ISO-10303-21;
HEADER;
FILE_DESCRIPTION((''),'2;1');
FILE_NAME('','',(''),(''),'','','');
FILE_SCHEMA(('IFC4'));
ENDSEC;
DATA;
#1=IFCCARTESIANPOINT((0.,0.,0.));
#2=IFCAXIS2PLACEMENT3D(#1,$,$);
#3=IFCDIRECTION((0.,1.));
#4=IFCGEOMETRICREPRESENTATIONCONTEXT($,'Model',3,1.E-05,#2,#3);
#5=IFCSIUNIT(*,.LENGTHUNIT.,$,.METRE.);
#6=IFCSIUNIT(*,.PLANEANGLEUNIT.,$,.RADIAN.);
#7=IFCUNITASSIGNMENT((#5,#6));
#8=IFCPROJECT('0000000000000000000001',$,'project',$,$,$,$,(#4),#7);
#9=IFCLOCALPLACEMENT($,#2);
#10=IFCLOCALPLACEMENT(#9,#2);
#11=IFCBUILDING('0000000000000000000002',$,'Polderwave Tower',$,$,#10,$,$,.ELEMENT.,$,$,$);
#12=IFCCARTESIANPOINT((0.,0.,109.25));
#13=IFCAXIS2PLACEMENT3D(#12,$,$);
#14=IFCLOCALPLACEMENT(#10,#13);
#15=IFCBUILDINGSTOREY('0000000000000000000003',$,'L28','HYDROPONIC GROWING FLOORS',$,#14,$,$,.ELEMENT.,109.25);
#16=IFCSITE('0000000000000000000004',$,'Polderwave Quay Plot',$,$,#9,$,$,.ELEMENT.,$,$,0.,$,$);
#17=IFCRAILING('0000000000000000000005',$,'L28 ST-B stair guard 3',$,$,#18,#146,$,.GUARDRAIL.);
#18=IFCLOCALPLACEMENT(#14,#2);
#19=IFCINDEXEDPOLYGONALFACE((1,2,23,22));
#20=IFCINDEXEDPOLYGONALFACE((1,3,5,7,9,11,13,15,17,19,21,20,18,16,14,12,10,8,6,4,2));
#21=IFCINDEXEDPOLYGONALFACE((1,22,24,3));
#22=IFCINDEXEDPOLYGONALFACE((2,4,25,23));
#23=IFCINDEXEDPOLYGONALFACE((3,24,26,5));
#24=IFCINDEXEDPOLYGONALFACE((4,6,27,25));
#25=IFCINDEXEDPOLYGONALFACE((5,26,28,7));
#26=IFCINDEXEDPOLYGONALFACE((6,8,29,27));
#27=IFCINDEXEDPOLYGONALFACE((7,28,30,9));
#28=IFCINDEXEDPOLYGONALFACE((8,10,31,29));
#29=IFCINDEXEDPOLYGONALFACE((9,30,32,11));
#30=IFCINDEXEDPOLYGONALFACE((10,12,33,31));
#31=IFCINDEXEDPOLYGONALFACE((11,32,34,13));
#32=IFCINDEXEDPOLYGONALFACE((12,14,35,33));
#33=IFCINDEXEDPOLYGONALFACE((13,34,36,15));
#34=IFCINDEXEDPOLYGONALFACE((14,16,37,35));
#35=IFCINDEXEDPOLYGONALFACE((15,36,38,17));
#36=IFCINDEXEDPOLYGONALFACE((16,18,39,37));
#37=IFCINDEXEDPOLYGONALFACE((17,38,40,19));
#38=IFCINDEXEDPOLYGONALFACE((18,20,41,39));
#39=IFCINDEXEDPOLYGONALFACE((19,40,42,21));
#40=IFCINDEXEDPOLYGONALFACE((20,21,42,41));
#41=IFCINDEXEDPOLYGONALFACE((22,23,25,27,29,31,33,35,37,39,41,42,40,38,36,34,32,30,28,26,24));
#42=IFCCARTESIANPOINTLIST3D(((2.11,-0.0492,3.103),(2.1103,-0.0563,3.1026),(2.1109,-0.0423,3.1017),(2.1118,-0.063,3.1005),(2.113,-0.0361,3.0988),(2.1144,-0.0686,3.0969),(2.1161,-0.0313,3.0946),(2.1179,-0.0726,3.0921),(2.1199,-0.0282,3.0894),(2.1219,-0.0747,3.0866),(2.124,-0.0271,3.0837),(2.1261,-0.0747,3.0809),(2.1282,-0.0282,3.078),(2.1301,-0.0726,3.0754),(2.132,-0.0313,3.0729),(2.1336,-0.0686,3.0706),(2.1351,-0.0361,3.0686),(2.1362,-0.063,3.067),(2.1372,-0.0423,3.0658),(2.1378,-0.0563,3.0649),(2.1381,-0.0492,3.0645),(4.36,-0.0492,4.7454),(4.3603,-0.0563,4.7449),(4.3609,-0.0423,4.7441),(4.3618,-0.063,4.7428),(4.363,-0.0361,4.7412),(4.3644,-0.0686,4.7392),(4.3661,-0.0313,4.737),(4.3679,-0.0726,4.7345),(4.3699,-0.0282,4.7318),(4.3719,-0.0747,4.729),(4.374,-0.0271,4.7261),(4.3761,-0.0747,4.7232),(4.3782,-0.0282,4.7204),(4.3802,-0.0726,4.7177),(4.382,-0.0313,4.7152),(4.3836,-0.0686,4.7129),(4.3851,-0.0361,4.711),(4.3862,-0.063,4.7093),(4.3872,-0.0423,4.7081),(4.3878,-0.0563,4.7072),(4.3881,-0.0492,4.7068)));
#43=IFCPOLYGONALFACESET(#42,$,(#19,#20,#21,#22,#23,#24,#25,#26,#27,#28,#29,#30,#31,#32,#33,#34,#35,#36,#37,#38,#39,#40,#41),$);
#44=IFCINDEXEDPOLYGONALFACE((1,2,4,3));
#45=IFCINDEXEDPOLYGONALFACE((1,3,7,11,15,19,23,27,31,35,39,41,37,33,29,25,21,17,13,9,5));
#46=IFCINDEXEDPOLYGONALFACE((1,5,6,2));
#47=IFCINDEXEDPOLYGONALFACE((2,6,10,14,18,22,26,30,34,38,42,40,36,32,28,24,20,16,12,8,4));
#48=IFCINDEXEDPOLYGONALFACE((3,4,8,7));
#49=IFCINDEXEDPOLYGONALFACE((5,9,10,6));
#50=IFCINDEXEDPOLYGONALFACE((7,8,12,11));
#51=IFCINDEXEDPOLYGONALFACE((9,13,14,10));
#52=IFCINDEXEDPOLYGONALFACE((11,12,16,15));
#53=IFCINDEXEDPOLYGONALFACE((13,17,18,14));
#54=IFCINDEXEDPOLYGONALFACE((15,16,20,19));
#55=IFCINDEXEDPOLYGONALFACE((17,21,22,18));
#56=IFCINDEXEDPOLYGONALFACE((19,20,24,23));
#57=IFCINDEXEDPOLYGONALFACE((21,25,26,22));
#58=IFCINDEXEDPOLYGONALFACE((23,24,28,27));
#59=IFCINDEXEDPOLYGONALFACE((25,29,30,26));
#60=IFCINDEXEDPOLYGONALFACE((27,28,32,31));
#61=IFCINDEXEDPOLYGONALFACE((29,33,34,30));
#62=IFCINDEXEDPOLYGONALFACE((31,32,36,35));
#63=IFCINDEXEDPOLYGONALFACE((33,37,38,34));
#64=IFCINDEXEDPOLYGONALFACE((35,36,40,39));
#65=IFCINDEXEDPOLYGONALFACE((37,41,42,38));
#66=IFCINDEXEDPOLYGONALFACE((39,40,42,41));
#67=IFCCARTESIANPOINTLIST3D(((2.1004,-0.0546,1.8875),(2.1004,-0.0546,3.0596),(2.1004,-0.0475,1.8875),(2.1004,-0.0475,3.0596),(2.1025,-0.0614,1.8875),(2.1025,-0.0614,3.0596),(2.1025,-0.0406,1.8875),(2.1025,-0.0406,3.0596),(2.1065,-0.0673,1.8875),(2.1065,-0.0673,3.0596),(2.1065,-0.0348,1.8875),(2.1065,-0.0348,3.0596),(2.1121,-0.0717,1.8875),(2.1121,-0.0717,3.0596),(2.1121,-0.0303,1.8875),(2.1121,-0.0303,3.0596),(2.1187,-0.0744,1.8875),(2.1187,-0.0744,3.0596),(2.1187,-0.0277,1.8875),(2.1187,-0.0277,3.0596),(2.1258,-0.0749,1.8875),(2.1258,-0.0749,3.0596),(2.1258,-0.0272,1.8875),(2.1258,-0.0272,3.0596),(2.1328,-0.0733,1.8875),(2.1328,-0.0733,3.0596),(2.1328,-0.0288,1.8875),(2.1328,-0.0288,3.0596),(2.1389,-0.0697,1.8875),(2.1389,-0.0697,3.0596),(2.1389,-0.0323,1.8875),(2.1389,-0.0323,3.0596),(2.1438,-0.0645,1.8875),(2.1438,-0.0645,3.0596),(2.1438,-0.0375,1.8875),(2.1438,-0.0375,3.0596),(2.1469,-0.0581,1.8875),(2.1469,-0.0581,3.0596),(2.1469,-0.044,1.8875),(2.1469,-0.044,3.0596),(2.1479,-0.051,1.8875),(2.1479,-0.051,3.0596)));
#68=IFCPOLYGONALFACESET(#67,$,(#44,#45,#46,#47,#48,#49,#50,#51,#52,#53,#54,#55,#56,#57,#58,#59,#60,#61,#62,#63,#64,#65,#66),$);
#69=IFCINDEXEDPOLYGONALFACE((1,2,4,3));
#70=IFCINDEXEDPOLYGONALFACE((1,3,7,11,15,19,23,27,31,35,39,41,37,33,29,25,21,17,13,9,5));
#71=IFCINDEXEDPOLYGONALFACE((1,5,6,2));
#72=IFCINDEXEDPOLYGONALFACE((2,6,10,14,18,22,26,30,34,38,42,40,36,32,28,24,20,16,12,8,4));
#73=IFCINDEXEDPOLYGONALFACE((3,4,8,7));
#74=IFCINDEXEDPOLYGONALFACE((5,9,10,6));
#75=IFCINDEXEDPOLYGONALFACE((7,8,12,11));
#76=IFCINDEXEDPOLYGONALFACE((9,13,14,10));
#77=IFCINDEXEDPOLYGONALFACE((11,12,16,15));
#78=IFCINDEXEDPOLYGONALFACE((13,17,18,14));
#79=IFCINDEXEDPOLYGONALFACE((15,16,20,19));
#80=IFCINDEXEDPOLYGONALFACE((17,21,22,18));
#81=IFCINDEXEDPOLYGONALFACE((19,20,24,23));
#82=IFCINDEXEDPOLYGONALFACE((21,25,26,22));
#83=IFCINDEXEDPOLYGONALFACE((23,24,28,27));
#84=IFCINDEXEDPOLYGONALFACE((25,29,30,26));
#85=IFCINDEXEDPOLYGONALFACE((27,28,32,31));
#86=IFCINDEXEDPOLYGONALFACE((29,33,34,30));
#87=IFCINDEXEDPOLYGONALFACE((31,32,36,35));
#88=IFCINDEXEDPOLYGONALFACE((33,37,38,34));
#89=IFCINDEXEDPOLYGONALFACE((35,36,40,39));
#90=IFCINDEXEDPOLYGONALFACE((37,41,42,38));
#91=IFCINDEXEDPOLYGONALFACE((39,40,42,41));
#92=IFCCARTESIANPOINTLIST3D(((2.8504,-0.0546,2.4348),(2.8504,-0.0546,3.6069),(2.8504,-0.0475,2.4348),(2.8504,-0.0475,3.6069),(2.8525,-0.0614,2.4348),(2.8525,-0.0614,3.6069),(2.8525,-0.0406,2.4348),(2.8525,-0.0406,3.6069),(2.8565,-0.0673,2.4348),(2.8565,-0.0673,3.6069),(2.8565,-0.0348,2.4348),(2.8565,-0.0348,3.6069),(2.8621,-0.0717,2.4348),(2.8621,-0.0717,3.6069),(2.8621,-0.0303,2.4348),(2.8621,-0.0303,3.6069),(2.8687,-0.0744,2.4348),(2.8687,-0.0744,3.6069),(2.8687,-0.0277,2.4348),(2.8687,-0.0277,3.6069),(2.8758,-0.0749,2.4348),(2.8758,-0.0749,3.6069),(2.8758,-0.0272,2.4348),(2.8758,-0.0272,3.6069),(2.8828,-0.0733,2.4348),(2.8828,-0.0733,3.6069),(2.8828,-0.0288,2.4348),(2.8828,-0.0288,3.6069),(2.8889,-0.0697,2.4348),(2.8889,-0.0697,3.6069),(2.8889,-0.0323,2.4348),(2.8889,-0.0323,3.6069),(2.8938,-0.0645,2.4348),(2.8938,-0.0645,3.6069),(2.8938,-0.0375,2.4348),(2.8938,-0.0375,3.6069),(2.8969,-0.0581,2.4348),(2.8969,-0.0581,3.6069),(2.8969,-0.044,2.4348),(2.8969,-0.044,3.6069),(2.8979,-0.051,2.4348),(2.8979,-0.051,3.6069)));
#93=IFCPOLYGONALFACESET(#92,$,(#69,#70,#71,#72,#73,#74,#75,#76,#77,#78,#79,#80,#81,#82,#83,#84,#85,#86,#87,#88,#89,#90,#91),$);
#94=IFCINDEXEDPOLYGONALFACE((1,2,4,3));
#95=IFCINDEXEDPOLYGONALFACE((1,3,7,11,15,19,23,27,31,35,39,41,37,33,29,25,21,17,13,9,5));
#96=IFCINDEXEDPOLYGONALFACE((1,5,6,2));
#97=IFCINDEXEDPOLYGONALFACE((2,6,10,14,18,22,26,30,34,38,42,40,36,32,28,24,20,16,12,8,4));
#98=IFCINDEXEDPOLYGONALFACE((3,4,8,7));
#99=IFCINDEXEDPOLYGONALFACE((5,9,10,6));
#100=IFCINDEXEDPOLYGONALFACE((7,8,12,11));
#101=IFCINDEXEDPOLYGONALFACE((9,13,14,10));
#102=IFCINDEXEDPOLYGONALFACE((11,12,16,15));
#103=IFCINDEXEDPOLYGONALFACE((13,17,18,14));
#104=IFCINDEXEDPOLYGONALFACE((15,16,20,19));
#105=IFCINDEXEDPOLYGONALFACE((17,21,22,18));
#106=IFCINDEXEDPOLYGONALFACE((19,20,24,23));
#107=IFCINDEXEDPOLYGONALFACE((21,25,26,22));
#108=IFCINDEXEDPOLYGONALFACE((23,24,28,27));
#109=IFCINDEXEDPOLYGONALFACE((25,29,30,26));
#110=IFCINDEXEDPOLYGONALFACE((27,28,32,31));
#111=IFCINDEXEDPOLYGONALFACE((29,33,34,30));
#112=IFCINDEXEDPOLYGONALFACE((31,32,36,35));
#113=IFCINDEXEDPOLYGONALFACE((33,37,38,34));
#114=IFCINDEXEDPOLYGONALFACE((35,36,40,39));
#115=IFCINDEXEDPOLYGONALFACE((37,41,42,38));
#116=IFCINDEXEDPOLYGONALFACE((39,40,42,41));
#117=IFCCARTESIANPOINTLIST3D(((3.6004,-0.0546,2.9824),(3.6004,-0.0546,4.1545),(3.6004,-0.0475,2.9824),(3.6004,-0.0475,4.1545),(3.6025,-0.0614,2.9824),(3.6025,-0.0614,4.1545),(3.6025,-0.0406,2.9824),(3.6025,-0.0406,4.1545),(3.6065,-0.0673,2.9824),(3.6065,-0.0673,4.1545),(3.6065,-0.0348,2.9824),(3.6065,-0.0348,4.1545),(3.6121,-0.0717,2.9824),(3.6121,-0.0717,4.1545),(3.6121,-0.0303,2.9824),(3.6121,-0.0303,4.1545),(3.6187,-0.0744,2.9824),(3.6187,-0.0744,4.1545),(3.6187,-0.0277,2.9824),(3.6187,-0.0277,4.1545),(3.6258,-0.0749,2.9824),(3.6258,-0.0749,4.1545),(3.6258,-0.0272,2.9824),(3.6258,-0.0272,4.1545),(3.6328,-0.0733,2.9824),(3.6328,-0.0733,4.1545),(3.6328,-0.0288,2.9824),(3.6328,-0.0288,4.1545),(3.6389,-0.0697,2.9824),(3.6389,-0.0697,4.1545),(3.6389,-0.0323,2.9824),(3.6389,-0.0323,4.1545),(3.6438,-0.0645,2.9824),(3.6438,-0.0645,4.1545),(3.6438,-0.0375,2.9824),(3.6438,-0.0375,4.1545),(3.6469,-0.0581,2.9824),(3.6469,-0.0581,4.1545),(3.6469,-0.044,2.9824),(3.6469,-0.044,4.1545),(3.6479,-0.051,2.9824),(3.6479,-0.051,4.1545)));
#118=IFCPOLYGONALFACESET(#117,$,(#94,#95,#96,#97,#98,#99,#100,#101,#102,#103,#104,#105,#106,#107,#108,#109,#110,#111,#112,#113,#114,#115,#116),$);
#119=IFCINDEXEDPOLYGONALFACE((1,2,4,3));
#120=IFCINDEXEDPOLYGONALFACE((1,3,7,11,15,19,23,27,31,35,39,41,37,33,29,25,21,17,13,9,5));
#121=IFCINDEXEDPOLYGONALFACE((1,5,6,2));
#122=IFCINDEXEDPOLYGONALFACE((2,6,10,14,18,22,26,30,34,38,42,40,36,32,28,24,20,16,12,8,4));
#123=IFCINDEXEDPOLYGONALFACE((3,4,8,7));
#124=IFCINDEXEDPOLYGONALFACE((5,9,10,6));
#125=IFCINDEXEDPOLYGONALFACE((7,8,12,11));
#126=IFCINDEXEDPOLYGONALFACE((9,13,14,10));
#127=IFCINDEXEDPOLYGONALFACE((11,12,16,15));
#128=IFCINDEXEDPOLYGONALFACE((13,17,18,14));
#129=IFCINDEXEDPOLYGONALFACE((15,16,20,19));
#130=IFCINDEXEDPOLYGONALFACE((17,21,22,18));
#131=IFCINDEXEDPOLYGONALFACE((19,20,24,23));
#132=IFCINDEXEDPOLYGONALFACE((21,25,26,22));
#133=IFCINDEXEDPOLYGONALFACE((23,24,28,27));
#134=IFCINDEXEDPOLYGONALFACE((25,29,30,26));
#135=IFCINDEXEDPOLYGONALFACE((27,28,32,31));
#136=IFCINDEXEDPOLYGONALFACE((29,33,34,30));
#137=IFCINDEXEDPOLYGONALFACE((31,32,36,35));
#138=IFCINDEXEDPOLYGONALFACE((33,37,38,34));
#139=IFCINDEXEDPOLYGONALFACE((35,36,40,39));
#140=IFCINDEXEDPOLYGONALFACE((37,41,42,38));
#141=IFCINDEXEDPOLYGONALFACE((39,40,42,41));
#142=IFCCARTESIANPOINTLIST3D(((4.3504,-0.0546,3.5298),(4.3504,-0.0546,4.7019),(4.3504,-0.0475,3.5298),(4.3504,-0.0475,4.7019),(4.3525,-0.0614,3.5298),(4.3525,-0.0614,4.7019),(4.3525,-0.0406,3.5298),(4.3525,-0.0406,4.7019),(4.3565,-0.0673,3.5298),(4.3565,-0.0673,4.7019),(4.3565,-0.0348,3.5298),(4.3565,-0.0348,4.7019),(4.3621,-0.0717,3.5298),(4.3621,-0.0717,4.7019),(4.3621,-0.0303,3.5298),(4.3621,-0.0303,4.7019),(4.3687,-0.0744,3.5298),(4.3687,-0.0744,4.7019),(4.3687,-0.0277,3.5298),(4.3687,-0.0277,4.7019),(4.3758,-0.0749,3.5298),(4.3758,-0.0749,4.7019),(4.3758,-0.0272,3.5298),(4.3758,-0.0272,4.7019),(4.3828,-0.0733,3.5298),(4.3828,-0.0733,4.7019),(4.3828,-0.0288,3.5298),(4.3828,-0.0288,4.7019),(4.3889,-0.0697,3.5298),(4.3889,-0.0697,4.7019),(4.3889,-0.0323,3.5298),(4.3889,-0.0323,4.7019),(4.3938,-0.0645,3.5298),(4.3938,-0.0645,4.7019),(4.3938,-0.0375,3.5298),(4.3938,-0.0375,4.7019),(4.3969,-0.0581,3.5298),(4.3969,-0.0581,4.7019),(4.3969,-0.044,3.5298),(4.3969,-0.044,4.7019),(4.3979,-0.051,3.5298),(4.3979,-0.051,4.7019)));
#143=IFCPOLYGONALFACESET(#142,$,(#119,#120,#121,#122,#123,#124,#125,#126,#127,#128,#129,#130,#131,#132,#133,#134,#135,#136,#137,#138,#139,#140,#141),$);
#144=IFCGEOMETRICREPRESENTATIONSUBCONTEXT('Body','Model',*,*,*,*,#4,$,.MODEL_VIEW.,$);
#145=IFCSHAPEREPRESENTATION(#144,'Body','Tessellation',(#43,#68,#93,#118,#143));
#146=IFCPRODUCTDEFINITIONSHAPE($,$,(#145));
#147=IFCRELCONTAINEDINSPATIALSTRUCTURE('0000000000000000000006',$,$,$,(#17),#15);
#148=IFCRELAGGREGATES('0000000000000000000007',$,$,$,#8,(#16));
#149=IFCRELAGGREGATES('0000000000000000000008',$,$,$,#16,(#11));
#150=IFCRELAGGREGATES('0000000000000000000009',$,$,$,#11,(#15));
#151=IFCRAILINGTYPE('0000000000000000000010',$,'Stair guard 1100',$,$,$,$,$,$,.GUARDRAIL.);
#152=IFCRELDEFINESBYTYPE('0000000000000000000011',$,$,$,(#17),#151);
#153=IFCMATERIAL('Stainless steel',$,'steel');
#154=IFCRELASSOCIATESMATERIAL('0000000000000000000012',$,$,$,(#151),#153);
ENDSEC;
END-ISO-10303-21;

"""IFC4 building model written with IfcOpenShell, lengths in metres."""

from ifc_helpers import new_model, si_unit, direction, frame, origin, origin_2d, place, context, subcontext, project, spatial, circle, extrude, material, type_object, element, save


model = new_model("IFC4")

# Units and contexts
model_context = context("Model", 3, precision=1e-05, world=origin(), true_north=direction((0.0, 1.0)))
body_context = subcontext(model_context, "Body", "Model", "MODEL_VIEW")
ifc_project = project(units=[si_unit("LENGTHUNIT", "METRE"), si_unit("PLANEANGLEUNIT", "RADIAN")], contexts=[model_context])

# Site, building, storey
site_placement = place(None, origin())
site = spatial("IfcSite", under=ifc_project, at=site_placement, Name="Polderwave Quay Plot", CompositionType="ELEMENT", RefElevation=0.0)
building_placement = place(site_placement, origin())
building = spatial("IfcBuilding", under=site, at=building_placement, Name="Polderwave Tower", CompositionType="ELEMENT")
storey_placement = place(building_placement, frame((0.0, 0.0, 109.25)))
storey = spatial("IfcBuildingStorey", under=building, at=storey_placement, Name="L28", Description="HYDROPONIC GROWING FLOORS", CompositionType="ELEMENT", Elevation=109.25)

# Railing
ifc_material_1 = material(Name="Stainless steel", Category="steel")
railing_type = type_object("IfcRailingType", Name="Stair guard 1100", PredefinedType="GUARDRAIL", material=ifc_material_1)
railing_placement = place(storey_placement, frame((2.124, -0.051, 1.8875)))
element("IfcRailing", 1, at=railing_placement, inside=storey, type_object=railing_type, Name="L28 ST-B stair guard 3", PredefinedType="GUARDRAIL", context=body_context, shape_type="SweptSolid", body=[
    extrude(circle(Radius=0.0239, at=origin_2d()), frame((0.0, 0.0, 1.1963), z_axis=(0.807715, 0.0, 0.589573), x_axis=(0.0, 1.0, 0.0)), (0.0, 0.0, 1.0), 2.7856),
    extrude(circle(Radius=0.0239, at=origin_2d()), origin(), (0.0, 0.0, 1.0), 1.1721),
    extrude(circle(Radius=0.0239, at=origin_2d()), frame((0.75, 0.0, 0.5474)), (0.0, 0.0, 1.0), 1.1721),
    extrude(circle(Radius=0.0239, at=origin_2d()), frame((1.5, 0.0, 1.095)), (0.0, 0.0, 1.0), 1.1721),
    extrude(circle(Radius=0.0239, at=origin_2d()), frame((2.25, 0.0, 1.6423)), (0.0, 0.0, 1.0), 1.1721),
])

save(model, "model.ifc")
